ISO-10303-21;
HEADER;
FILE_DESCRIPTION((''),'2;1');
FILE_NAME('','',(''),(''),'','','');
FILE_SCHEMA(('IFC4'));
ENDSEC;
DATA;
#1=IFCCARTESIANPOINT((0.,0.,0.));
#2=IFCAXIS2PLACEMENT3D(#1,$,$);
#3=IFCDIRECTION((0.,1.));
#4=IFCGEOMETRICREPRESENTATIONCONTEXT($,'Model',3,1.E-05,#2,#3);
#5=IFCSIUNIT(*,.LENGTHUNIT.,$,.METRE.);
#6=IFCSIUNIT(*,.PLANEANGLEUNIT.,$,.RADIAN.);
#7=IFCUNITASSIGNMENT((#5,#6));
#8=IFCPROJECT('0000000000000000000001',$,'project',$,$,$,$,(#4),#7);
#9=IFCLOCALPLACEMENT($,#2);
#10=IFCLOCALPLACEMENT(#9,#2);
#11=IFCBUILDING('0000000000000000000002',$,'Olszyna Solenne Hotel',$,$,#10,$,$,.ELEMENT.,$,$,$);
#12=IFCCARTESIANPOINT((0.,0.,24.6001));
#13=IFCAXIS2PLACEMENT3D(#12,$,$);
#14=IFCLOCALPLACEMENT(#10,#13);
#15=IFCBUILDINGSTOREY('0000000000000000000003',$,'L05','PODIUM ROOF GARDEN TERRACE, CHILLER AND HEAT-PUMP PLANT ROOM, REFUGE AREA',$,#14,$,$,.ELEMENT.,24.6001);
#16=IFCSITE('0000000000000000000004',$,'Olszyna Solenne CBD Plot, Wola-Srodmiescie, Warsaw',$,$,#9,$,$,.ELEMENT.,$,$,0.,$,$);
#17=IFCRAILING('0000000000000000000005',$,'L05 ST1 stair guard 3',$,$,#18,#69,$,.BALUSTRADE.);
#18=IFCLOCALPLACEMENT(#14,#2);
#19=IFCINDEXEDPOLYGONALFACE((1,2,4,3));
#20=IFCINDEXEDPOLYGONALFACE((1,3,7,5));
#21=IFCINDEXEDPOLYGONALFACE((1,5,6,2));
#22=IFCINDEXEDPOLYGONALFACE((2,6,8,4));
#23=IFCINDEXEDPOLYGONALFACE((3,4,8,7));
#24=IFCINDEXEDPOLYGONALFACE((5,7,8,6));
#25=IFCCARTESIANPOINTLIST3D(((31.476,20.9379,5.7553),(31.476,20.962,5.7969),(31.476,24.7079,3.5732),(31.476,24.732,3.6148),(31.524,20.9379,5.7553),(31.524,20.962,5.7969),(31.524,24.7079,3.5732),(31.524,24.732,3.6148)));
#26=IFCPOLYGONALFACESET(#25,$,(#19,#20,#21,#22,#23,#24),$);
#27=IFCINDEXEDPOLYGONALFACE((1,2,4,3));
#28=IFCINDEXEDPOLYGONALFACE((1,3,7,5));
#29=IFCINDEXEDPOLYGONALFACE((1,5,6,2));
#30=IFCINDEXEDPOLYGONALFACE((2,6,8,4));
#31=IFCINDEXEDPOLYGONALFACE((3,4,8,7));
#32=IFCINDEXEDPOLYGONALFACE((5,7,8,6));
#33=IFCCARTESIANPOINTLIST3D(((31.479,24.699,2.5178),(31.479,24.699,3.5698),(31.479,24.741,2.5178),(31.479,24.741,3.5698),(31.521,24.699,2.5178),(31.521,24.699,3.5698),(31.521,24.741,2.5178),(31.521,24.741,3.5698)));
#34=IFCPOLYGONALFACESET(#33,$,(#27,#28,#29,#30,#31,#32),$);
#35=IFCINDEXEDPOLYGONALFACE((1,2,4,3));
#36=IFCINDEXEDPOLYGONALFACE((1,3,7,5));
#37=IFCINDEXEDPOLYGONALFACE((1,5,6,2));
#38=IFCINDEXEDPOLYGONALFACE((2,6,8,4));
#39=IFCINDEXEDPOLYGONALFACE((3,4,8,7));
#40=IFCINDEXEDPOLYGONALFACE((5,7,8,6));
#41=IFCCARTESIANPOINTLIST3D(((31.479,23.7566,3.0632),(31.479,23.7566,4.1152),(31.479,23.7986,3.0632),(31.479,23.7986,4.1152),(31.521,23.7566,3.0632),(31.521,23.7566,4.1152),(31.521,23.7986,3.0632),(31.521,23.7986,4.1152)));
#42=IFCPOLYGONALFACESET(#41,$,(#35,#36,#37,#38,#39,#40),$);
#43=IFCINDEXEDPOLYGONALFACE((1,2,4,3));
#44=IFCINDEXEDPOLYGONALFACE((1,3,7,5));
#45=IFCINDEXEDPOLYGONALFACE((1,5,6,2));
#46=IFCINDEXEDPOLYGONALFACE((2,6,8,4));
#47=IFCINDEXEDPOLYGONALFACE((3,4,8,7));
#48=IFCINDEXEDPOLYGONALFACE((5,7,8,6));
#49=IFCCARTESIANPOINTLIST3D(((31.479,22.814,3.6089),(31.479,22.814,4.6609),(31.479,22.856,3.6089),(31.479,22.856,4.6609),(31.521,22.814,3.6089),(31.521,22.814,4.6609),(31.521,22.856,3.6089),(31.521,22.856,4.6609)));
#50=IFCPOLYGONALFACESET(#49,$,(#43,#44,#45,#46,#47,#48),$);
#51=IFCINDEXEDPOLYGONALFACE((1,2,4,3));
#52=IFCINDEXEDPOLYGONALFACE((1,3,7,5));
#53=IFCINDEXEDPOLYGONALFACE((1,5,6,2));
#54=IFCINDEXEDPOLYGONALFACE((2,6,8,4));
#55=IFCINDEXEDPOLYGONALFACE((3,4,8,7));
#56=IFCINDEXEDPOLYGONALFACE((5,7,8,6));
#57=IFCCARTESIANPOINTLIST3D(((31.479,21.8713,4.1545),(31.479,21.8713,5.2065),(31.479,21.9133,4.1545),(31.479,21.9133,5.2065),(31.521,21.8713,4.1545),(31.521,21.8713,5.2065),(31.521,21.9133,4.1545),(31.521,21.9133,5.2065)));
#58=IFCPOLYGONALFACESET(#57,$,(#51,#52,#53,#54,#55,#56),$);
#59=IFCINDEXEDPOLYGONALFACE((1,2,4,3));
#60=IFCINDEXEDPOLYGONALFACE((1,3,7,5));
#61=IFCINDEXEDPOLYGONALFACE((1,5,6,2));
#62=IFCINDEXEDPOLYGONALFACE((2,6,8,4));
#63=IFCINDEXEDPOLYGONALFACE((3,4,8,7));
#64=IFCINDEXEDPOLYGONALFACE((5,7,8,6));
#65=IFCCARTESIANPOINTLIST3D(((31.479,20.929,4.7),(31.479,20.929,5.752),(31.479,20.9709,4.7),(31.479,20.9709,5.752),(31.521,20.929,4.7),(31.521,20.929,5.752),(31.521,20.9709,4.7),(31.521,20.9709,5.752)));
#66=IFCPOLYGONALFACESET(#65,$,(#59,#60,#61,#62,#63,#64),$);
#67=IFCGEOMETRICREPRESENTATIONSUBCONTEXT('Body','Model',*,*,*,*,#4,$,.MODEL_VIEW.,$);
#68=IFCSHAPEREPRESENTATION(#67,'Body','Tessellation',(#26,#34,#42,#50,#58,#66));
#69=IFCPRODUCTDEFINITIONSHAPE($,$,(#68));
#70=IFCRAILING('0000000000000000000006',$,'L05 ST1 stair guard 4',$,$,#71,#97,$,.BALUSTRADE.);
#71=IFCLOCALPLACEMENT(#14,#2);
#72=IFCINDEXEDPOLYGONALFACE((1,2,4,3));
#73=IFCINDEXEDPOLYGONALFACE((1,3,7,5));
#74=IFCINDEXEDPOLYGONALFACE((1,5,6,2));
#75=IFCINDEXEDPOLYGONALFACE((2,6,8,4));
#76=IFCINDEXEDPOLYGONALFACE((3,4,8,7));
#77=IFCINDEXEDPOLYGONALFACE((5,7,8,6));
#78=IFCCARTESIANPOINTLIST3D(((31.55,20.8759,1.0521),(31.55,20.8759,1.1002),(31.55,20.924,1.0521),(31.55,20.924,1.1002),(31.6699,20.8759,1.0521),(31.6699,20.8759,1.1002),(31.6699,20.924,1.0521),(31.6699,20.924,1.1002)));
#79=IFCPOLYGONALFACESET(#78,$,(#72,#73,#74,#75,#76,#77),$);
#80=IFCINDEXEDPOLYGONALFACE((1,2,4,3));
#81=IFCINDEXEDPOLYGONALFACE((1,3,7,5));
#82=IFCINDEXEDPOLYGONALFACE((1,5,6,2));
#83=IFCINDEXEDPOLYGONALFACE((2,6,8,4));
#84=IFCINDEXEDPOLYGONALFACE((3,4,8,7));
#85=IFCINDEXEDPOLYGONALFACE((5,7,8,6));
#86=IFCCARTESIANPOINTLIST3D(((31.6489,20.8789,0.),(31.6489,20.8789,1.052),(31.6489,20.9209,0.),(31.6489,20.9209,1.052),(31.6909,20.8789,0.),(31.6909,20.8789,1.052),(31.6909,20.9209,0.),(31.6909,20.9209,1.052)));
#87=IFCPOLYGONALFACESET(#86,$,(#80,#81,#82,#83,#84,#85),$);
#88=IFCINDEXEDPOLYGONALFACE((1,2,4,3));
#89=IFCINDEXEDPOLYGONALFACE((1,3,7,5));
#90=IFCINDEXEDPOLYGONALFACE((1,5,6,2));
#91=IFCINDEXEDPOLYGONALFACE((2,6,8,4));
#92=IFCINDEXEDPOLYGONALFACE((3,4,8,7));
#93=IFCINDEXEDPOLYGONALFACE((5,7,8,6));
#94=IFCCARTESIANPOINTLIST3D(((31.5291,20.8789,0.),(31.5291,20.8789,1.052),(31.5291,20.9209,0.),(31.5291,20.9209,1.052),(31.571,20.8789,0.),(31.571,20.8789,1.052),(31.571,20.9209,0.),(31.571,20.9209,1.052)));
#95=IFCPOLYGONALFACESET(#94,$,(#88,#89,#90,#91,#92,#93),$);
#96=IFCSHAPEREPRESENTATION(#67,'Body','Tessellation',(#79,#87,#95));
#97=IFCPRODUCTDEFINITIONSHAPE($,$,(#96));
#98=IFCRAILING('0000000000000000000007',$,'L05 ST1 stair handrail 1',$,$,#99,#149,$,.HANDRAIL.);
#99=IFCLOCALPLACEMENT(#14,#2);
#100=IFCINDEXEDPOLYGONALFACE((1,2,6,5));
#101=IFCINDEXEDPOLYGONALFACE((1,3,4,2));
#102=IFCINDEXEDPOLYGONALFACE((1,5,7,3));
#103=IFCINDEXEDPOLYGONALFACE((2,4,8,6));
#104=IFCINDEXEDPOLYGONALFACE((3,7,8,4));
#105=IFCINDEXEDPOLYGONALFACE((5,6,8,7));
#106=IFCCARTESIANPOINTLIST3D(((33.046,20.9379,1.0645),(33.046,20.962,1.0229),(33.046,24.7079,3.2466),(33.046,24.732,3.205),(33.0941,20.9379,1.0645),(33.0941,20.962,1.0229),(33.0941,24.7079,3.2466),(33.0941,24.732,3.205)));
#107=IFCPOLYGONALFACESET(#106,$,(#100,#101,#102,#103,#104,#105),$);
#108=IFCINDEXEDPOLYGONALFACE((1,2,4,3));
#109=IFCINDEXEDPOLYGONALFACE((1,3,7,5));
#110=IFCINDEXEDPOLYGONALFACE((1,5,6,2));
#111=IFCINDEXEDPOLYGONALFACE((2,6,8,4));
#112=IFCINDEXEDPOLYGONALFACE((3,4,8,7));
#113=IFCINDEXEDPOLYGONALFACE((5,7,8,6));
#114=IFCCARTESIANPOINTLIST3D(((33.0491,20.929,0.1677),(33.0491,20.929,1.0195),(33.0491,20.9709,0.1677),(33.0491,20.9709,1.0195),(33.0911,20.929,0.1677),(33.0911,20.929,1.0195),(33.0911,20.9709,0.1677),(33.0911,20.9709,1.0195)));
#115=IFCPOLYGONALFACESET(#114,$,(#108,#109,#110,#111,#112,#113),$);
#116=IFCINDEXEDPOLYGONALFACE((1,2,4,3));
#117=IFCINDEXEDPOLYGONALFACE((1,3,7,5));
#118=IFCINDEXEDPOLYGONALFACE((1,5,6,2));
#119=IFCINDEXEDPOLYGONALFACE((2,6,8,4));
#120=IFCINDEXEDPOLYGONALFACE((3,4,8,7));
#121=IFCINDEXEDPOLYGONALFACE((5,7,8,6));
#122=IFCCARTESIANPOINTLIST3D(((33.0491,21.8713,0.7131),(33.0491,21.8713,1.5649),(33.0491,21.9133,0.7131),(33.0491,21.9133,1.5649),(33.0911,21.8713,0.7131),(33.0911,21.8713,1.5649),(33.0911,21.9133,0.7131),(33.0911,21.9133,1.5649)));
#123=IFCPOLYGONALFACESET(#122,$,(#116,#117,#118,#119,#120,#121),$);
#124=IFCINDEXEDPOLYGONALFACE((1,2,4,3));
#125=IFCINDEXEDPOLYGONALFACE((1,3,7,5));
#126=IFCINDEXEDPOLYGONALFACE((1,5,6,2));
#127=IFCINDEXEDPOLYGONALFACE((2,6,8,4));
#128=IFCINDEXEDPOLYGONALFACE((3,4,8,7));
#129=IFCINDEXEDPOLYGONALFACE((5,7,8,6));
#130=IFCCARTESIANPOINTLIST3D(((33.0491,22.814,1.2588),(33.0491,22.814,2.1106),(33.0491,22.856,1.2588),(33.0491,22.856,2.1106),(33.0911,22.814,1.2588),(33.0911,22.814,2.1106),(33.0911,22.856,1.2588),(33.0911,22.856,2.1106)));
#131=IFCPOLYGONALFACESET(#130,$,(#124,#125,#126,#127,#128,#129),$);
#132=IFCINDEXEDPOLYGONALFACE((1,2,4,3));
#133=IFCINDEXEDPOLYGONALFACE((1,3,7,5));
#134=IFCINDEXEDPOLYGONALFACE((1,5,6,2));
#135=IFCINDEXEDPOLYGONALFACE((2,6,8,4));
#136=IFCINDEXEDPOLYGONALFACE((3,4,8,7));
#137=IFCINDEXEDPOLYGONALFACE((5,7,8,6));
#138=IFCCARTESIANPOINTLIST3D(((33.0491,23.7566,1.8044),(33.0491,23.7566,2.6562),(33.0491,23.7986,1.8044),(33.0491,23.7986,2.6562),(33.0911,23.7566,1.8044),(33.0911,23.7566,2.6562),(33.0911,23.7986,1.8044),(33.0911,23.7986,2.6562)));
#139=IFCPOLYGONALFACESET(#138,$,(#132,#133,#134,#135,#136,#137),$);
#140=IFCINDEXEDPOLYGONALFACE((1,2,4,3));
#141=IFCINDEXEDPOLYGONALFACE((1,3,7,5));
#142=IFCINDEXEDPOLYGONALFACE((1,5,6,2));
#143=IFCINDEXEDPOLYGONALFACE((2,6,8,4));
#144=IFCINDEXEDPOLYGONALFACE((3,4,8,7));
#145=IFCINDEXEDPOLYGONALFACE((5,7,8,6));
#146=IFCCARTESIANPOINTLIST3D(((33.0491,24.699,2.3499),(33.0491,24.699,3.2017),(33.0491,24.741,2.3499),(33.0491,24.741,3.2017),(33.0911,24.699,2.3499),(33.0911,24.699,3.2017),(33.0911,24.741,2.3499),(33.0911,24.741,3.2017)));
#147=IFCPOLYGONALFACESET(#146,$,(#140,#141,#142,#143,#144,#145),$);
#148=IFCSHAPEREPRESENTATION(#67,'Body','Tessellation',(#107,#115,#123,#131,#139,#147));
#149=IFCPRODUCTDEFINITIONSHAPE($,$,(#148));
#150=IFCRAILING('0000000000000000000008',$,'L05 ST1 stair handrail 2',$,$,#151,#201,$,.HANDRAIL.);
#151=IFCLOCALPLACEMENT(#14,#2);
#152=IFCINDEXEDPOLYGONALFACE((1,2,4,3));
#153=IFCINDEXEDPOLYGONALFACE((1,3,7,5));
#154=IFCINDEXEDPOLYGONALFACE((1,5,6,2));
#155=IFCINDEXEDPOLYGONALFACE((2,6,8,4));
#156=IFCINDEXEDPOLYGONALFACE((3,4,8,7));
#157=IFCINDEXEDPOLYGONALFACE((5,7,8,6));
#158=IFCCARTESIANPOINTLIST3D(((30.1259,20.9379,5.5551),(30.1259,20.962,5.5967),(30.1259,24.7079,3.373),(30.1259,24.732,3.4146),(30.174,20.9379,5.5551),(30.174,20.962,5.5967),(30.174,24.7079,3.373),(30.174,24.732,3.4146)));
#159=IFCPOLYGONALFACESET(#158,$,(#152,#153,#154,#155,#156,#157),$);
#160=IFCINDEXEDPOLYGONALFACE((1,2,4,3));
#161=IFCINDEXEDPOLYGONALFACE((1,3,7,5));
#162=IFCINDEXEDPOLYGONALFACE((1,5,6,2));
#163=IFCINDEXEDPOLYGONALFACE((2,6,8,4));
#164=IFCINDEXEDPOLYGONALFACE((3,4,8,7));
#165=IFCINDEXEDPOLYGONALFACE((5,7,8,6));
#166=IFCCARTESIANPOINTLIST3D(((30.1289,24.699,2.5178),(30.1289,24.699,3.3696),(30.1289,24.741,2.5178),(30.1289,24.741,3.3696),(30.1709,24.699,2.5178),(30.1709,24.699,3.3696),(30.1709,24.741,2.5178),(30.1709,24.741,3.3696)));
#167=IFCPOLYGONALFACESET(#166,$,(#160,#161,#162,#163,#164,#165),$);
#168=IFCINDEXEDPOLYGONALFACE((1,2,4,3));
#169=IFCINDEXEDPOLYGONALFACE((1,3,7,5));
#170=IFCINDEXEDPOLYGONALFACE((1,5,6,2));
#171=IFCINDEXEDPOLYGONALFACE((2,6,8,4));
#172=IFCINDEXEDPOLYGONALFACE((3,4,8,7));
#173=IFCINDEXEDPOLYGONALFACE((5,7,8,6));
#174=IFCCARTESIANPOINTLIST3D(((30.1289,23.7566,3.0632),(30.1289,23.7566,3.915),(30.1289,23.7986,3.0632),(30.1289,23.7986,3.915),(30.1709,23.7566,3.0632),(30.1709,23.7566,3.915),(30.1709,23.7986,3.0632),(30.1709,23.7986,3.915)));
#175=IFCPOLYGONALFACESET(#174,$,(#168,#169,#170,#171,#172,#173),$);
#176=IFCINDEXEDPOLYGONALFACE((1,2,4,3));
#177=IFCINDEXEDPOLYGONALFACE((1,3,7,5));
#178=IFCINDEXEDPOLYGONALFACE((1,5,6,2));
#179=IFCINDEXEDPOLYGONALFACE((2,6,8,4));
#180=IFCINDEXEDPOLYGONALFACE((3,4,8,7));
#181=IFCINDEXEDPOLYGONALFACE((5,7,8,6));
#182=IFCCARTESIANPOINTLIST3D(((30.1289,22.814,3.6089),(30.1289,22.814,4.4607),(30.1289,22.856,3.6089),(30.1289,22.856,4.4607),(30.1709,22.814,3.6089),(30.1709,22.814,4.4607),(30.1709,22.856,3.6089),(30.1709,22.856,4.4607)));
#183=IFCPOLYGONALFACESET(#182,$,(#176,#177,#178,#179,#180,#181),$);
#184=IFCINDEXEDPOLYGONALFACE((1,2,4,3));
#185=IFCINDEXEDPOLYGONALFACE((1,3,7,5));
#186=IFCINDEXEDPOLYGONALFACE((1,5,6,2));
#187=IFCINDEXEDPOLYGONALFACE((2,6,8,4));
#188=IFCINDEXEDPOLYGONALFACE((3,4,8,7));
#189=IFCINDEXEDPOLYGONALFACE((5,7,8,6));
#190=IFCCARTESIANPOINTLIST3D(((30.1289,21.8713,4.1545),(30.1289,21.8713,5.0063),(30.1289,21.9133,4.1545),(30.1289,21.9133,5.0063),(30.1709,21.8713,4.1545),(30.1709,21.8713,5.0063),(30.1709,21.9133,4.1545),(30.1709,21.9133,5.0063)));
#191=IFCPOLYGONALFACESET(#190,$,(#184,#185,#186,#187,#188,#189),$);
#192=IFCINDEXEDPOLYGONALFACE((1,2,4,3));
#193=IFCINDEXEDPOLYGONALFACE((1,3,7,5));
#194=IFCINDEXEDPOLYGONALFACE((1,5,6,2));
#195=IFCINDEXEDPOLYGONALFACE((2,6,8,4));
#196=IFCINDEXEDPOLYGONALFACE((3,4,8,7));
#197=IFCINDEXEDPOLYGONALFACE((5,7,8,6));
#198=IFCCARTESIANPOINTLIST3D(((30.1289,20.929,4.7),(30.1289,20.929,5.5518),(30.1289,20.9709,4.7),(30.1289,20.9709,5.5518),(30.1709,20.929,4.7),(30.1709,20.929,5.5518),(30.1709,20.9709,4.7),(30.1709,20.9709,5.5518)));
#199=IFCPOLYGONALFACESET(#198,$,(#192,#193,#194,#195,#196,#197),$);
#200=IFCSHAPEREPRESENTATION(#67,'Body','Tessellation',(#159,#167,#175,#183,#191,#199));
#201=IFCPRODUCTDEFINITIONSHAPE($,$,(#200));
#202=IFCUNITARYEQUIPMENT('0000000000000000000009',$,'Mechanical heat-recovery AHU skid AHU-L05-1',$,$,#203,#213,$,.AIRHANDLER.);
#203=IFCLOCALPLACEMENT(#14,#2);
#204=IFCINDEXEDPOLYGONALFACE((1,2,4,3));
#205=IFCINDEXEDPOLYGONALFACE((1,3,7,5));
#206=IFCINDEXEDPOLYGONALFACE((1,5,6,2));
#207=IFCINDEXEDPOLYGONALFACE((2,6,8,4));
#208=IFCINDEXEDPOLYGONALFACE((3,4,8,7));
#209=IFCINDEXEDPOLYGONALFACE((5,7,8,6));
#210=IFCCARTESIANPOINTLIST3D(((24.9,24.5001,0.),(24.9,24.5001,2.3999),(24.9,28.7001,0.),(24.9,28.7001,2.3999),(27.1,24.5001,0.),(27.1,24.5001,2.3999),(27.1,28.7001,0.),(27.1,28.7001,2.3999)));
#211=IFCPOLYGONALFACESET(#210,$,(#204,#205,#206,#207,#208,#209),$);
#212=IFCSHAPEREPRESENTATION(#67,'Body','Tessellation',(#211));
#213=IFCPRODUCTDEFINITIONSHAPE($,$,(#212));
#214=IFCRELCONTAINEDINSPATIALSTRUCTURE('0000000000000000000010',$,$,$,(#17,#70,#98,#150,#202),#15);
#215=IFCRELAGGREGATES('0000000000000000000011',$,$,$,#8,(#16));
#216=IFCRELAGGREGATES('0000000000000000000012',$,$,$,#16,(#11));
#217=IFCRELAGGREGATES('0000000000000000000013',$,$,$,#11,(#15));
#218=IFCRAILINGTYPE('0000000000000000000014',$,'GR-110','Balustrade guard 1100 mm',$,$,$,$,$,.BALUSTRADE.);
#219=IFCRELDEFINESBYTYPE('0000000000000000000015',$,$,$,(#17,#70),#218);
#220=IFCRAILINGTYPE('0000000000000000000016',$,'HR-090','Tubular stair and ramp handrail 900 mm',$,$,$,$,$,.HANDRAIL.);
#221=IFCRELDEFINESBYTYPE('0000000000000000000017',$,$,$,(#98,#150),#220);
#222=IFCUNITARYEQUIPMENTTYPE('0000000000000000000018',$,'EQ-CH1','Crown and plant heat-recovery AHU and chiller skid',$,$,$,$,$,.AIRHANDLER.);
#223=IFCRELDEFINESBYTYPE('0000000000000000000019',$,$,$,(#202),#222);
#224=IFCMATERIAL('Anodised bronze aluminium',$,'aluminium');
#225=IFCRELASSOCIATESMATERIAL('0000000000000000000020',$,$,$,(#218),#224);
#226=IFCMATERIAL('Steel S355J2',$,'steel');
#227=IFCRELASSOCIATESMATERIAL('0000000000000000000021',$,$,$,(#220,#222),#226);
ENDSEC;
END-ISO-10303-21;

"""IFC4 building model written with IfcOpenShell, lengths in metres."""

from ifc_helpers import new_model, si_unit, direction, frame, origin, origin_2d, place, context, subcontext, project, spatial, rectangle, extrude, source, transform, mapped, material, type_object, element, save


model = new_model("IFC4")

# Units and contexts
model_context = context("Model", 3, precision=1e-05, world=origin(), true_north=direction((0.0, 1.0)))
body_context = subcontext(model_context, "Body", "Model", "MODEL_VIEW")
ifc_project = project(units=[si_unit("LENGTHUNIT", "METRE"), si_unit("PLANEANGLEUNIT", "RADIAN")], contexts=[model_context])

# Site, building, storey
site_placement = place(None, origin())
site = spatial("IfcSite", under=ifc_project, at=site_placement, Name="Olszyna Solenne CBD Plot, Wola-Srodmiescie, Warsaw", CompositionType="ELEMENT", RefElevation=0.0)
building_placement = place(site_placement, origin())
building = spatial("IfcBuilding", under=site, at=building_placement, Name="Olszyna Solenne Hotel", CompositionType="ELEMENT")
storey_placement = place(building_placement, frame((0.0, 0.0, 24.6001)))
storey = spatial("IfcBuildingStorey", under=building, at=storey_placement, Name="L05", Description="PODIUM ROOF GARDEN TERRACE, CHILLER AND HEAT-PUMP PLANT ROOM, REFUGE AREA", CompositionType="ELEMENT", Elevation=24.6001)

# Shared definitions
ifc_material_1 = material(Name="Steel S355J2", Category="steel")

# Railings
ifc_material_2 = material(Name="Anodised bronze aluminium", Category="aluminium")
railing_type_1 = type_object("IfcRailingType", Name="GR-110", Description="Balustrade guard 1100 mm", PredefinedType="BALUSTRADE", material=ifc_material_2)
railing_1_placement = place(storey_placement, frame((31.5, 24.72, 2.5178)))
element("IfcRailing", 1, at=railing_1_placement, inside=storey, type_object=railing_type_1, Name="L05 ST1 stair guard 3", PredefinedType="BALUSTRADE", context=body_context, shape_type="SweptSolid", body=[
    extrude(rectangle(XDim=0.0481, YDim=0.0481, at=origin_2d()), frame((0.0, 0.0, 1.0762), z_axis=(0.0, -0.865477, 0.500948), x_axis=(1.0, 0.0, 0.0)), (0.0, 0.0, 1.0), 4.356),
    extrude(rectangle(XDim=0.042, YDim=0.042, at=origin_2d()), origin(), (0.0, 0.0, 1.0), 1.052),
    extrude(rectangle(XDim=0.042, YDim=0.042, at=origin_2d()), frame((0.0, -0.9424, 0.5454)), (0.0, 0.0, 1.0), 1.052),
    extrude(rectangle(XDim=0.042, YDim=0.042, at=origin_2d()), frame((0.0, -1.885, 1.0911)), (0.0, 0.0, 1.0), 1.052),
    extrude(rectangle(XDim=0.042, YDim=0.042, at=origin_2d()), frame((0.0, -2.8276, 1.6367)), (0.0, 0.0, 1.0), 1.052),
    extrude(rectangle(XDim=0.042, YDim=0.042, at=origin_2d()), frame((0.0, -3.77, 2.1821)), (0.0, 0.0, 1.0), 1.052),
])
railing_2_placement = place(storey_placement, frame((31.6699, 20.8999, 0.0)))
element("IfcRailing", 2, at=railing_2_placement, inside=storey, type_object=railing_type_1, Name="L05 ST1 stair guard 4", PredefinedType="BALUSTRADE", context=body_context, shape_type="SweptSolid", body=[
    extrude(rectangle(XDim=0.0481, YDim=0.0481, at=origin_2d()), frame((0.0, 0.0, 1.0762), z_axis=(-1.0, 0.0, 0.0), x_axis=(0.0, -1.0, 0.0)), (0.0, 0.0, 1.0), 0.1199),
    extrude(rectangle(XDim=0.042, YDim=0.042, at=origin_2d()), origin(), (0.0, 0.0, 1.0), 1.052),
    extrude(rectangle(XDim=0.042, YDim=0.042, at=origin_2d()), frame((-0.1199, 0.0, 0.0)), (0.0, 0.0, 1.0), 1.052),
])
railing_type_2 = type_object("IfcRailingType", Name="HR-090", Description="Tubular stair and ramp handrail 900 mm", PredefinedType="HANDRAIL", material=ifc_material_1)
railing_3_placement = place(storey_placement, frame((33.0701, 20.95, 0.1677)))
element("IfcRailing", 3, at=railing_3_placement, inside=storey, type_object=railing_type_2, Name="L05 ST1 stair handrail 1", PredefinedType="HANDRAIL", context=body_context, shape_type="SweptSolid", body=[
    extrude(rectangle(XDim=0.0481, YDim=0.0481, at=origin_2d()), frame((0.0, 0.0, 0.876), z_axis=(0.0, 0.865477, 0.500948), x_axis=(-1.0, 0.0, 0.0)), (0.0, 0.0, 1.0), 4.356),
    extrude(rectangle(XDim=0.042, YDim=0.042, at=origin_2d()), origin(), (0.0, 0.0, 1.0), 0.8518),
    extrude(rectangle(XDim=0.042, YDim=0.042, at=origin_2d()), frame((0.0, 0.9424, 0.5454)), (0.0, 0.0, 1.0), 0.8518),
    extrude(rectangle(XDim=0.042, YDim=0.042, at=origin_2d()), frame((0.0, 1.885, 1.0911)), (0.0, 0.0, 1.0), 0.8518),
    extrude(rectangle(XDim=0.042, YDim=0.042, at=origin_2d()), frame((0.0, 2.8276, 1.6367)), (0.0, 0.0, 1.0), 0.8518),
    extrude(rectangle(XDim=0.042, YDim=0.042, at=origin_2d()), frame((0.0, 3.77, 2.1821)), (0.0, 0.0, 1.0), 0.8518),
])
railing_4_placement = place(storey_placement, frame((30.1499, 24.72, 2.5178)))
element("IfcRailing", 4, at=railing_4_placement, inside=storey, type_object=railing_type_2, Name="L05 ST1 stair handrail 2", PredefinedType="HANDRAIL", context=body_context, shape_type="SweptSolid", body=[
    extrude(rectangle(XDim=0.0481, YDim=0.0481, at=origin_2d()), frame((0.0, 0.0, 0.876), z_axis=(0.0, -0.865477, 0.500948), x_axis=(1.0, 0.0, 0.0)), (0.0, 0.0, 1.0), 4.356),
    extrude(rectangle(XDim=0.042, YDim=0.042, at=origin_2d()), origin(), (0.0, 0.0, 1.0), 0.8518),
    extrude(rectangle(XDim=0.042, YDim=0.042, at=origin_2d()), frame((0.0, -0.9424, 0.5454)), (0.0, 0.0, 1.0), 0.8518),
    extrude(rectangle(XDim=0.042, YDim=0.042, at=origin_2d()), frame((0.0, -1.885, 1.0911)), (0.0, 0.0, 1.0), 0.8518),
    extrude(rectangle(XDim=0.042, YDim=0.042, at=origin_2d()), frame((0.0, -2.8276, 1.6367)), (0.0, 0.0, 1.0), 0.8518),
    extrude(rectangle(XDim=0.042, YDim=0.042, at=origin_2d()), frame((0.0, -3.77, 2.1821)), (0.0, 0.0, 1.0), 0.8518),
])

# Unitary equipment
unitary_equipment_type = type_object("IfcUnitaryEquipmentType", Name="EQ-CH1", Description="Crown and plant heat-recovery AHU and chiller skid", PredefinedType="AIRHANDLER", material=ifc_material_1)
shared_shape_1 = source(origin(), body_context, "Body", "SweptSolid", [
    extrude(rectangle(XDim=4.2, YDim=2.2, at=origin_2d()), origin(), (0.0, 0.0, 1.0), 2.3999),
])
unitary_equipment_placement = place(storey_placement, frame((26.0, 26.6001, 0.0), z_axis=(0.0, 0.0, 1.0), x_axis=(0.0, 1.0, 0.0)))
element("IfcUnitaryEquipment", 5, at=unitary_equipment_placement, inside=storey, type_object=unitary_equipment_type, Name="Mechanical heat-recovery AHU skid AHU-L05-1", PredefinedType="AIRHANDLER", context=body_context, shape_type="MappedRepresentation", body=[
    mapped(shared_shape_1, transform((0.0, 0.0, 0.0), x_axis=(1.0, 0.0, 0.0), y_axis=(0.0, 1.0, 0.0), z_axis=(0.0, 0.0, 1.0), scale=1.0)),
])

save(model, "model.ifc")
